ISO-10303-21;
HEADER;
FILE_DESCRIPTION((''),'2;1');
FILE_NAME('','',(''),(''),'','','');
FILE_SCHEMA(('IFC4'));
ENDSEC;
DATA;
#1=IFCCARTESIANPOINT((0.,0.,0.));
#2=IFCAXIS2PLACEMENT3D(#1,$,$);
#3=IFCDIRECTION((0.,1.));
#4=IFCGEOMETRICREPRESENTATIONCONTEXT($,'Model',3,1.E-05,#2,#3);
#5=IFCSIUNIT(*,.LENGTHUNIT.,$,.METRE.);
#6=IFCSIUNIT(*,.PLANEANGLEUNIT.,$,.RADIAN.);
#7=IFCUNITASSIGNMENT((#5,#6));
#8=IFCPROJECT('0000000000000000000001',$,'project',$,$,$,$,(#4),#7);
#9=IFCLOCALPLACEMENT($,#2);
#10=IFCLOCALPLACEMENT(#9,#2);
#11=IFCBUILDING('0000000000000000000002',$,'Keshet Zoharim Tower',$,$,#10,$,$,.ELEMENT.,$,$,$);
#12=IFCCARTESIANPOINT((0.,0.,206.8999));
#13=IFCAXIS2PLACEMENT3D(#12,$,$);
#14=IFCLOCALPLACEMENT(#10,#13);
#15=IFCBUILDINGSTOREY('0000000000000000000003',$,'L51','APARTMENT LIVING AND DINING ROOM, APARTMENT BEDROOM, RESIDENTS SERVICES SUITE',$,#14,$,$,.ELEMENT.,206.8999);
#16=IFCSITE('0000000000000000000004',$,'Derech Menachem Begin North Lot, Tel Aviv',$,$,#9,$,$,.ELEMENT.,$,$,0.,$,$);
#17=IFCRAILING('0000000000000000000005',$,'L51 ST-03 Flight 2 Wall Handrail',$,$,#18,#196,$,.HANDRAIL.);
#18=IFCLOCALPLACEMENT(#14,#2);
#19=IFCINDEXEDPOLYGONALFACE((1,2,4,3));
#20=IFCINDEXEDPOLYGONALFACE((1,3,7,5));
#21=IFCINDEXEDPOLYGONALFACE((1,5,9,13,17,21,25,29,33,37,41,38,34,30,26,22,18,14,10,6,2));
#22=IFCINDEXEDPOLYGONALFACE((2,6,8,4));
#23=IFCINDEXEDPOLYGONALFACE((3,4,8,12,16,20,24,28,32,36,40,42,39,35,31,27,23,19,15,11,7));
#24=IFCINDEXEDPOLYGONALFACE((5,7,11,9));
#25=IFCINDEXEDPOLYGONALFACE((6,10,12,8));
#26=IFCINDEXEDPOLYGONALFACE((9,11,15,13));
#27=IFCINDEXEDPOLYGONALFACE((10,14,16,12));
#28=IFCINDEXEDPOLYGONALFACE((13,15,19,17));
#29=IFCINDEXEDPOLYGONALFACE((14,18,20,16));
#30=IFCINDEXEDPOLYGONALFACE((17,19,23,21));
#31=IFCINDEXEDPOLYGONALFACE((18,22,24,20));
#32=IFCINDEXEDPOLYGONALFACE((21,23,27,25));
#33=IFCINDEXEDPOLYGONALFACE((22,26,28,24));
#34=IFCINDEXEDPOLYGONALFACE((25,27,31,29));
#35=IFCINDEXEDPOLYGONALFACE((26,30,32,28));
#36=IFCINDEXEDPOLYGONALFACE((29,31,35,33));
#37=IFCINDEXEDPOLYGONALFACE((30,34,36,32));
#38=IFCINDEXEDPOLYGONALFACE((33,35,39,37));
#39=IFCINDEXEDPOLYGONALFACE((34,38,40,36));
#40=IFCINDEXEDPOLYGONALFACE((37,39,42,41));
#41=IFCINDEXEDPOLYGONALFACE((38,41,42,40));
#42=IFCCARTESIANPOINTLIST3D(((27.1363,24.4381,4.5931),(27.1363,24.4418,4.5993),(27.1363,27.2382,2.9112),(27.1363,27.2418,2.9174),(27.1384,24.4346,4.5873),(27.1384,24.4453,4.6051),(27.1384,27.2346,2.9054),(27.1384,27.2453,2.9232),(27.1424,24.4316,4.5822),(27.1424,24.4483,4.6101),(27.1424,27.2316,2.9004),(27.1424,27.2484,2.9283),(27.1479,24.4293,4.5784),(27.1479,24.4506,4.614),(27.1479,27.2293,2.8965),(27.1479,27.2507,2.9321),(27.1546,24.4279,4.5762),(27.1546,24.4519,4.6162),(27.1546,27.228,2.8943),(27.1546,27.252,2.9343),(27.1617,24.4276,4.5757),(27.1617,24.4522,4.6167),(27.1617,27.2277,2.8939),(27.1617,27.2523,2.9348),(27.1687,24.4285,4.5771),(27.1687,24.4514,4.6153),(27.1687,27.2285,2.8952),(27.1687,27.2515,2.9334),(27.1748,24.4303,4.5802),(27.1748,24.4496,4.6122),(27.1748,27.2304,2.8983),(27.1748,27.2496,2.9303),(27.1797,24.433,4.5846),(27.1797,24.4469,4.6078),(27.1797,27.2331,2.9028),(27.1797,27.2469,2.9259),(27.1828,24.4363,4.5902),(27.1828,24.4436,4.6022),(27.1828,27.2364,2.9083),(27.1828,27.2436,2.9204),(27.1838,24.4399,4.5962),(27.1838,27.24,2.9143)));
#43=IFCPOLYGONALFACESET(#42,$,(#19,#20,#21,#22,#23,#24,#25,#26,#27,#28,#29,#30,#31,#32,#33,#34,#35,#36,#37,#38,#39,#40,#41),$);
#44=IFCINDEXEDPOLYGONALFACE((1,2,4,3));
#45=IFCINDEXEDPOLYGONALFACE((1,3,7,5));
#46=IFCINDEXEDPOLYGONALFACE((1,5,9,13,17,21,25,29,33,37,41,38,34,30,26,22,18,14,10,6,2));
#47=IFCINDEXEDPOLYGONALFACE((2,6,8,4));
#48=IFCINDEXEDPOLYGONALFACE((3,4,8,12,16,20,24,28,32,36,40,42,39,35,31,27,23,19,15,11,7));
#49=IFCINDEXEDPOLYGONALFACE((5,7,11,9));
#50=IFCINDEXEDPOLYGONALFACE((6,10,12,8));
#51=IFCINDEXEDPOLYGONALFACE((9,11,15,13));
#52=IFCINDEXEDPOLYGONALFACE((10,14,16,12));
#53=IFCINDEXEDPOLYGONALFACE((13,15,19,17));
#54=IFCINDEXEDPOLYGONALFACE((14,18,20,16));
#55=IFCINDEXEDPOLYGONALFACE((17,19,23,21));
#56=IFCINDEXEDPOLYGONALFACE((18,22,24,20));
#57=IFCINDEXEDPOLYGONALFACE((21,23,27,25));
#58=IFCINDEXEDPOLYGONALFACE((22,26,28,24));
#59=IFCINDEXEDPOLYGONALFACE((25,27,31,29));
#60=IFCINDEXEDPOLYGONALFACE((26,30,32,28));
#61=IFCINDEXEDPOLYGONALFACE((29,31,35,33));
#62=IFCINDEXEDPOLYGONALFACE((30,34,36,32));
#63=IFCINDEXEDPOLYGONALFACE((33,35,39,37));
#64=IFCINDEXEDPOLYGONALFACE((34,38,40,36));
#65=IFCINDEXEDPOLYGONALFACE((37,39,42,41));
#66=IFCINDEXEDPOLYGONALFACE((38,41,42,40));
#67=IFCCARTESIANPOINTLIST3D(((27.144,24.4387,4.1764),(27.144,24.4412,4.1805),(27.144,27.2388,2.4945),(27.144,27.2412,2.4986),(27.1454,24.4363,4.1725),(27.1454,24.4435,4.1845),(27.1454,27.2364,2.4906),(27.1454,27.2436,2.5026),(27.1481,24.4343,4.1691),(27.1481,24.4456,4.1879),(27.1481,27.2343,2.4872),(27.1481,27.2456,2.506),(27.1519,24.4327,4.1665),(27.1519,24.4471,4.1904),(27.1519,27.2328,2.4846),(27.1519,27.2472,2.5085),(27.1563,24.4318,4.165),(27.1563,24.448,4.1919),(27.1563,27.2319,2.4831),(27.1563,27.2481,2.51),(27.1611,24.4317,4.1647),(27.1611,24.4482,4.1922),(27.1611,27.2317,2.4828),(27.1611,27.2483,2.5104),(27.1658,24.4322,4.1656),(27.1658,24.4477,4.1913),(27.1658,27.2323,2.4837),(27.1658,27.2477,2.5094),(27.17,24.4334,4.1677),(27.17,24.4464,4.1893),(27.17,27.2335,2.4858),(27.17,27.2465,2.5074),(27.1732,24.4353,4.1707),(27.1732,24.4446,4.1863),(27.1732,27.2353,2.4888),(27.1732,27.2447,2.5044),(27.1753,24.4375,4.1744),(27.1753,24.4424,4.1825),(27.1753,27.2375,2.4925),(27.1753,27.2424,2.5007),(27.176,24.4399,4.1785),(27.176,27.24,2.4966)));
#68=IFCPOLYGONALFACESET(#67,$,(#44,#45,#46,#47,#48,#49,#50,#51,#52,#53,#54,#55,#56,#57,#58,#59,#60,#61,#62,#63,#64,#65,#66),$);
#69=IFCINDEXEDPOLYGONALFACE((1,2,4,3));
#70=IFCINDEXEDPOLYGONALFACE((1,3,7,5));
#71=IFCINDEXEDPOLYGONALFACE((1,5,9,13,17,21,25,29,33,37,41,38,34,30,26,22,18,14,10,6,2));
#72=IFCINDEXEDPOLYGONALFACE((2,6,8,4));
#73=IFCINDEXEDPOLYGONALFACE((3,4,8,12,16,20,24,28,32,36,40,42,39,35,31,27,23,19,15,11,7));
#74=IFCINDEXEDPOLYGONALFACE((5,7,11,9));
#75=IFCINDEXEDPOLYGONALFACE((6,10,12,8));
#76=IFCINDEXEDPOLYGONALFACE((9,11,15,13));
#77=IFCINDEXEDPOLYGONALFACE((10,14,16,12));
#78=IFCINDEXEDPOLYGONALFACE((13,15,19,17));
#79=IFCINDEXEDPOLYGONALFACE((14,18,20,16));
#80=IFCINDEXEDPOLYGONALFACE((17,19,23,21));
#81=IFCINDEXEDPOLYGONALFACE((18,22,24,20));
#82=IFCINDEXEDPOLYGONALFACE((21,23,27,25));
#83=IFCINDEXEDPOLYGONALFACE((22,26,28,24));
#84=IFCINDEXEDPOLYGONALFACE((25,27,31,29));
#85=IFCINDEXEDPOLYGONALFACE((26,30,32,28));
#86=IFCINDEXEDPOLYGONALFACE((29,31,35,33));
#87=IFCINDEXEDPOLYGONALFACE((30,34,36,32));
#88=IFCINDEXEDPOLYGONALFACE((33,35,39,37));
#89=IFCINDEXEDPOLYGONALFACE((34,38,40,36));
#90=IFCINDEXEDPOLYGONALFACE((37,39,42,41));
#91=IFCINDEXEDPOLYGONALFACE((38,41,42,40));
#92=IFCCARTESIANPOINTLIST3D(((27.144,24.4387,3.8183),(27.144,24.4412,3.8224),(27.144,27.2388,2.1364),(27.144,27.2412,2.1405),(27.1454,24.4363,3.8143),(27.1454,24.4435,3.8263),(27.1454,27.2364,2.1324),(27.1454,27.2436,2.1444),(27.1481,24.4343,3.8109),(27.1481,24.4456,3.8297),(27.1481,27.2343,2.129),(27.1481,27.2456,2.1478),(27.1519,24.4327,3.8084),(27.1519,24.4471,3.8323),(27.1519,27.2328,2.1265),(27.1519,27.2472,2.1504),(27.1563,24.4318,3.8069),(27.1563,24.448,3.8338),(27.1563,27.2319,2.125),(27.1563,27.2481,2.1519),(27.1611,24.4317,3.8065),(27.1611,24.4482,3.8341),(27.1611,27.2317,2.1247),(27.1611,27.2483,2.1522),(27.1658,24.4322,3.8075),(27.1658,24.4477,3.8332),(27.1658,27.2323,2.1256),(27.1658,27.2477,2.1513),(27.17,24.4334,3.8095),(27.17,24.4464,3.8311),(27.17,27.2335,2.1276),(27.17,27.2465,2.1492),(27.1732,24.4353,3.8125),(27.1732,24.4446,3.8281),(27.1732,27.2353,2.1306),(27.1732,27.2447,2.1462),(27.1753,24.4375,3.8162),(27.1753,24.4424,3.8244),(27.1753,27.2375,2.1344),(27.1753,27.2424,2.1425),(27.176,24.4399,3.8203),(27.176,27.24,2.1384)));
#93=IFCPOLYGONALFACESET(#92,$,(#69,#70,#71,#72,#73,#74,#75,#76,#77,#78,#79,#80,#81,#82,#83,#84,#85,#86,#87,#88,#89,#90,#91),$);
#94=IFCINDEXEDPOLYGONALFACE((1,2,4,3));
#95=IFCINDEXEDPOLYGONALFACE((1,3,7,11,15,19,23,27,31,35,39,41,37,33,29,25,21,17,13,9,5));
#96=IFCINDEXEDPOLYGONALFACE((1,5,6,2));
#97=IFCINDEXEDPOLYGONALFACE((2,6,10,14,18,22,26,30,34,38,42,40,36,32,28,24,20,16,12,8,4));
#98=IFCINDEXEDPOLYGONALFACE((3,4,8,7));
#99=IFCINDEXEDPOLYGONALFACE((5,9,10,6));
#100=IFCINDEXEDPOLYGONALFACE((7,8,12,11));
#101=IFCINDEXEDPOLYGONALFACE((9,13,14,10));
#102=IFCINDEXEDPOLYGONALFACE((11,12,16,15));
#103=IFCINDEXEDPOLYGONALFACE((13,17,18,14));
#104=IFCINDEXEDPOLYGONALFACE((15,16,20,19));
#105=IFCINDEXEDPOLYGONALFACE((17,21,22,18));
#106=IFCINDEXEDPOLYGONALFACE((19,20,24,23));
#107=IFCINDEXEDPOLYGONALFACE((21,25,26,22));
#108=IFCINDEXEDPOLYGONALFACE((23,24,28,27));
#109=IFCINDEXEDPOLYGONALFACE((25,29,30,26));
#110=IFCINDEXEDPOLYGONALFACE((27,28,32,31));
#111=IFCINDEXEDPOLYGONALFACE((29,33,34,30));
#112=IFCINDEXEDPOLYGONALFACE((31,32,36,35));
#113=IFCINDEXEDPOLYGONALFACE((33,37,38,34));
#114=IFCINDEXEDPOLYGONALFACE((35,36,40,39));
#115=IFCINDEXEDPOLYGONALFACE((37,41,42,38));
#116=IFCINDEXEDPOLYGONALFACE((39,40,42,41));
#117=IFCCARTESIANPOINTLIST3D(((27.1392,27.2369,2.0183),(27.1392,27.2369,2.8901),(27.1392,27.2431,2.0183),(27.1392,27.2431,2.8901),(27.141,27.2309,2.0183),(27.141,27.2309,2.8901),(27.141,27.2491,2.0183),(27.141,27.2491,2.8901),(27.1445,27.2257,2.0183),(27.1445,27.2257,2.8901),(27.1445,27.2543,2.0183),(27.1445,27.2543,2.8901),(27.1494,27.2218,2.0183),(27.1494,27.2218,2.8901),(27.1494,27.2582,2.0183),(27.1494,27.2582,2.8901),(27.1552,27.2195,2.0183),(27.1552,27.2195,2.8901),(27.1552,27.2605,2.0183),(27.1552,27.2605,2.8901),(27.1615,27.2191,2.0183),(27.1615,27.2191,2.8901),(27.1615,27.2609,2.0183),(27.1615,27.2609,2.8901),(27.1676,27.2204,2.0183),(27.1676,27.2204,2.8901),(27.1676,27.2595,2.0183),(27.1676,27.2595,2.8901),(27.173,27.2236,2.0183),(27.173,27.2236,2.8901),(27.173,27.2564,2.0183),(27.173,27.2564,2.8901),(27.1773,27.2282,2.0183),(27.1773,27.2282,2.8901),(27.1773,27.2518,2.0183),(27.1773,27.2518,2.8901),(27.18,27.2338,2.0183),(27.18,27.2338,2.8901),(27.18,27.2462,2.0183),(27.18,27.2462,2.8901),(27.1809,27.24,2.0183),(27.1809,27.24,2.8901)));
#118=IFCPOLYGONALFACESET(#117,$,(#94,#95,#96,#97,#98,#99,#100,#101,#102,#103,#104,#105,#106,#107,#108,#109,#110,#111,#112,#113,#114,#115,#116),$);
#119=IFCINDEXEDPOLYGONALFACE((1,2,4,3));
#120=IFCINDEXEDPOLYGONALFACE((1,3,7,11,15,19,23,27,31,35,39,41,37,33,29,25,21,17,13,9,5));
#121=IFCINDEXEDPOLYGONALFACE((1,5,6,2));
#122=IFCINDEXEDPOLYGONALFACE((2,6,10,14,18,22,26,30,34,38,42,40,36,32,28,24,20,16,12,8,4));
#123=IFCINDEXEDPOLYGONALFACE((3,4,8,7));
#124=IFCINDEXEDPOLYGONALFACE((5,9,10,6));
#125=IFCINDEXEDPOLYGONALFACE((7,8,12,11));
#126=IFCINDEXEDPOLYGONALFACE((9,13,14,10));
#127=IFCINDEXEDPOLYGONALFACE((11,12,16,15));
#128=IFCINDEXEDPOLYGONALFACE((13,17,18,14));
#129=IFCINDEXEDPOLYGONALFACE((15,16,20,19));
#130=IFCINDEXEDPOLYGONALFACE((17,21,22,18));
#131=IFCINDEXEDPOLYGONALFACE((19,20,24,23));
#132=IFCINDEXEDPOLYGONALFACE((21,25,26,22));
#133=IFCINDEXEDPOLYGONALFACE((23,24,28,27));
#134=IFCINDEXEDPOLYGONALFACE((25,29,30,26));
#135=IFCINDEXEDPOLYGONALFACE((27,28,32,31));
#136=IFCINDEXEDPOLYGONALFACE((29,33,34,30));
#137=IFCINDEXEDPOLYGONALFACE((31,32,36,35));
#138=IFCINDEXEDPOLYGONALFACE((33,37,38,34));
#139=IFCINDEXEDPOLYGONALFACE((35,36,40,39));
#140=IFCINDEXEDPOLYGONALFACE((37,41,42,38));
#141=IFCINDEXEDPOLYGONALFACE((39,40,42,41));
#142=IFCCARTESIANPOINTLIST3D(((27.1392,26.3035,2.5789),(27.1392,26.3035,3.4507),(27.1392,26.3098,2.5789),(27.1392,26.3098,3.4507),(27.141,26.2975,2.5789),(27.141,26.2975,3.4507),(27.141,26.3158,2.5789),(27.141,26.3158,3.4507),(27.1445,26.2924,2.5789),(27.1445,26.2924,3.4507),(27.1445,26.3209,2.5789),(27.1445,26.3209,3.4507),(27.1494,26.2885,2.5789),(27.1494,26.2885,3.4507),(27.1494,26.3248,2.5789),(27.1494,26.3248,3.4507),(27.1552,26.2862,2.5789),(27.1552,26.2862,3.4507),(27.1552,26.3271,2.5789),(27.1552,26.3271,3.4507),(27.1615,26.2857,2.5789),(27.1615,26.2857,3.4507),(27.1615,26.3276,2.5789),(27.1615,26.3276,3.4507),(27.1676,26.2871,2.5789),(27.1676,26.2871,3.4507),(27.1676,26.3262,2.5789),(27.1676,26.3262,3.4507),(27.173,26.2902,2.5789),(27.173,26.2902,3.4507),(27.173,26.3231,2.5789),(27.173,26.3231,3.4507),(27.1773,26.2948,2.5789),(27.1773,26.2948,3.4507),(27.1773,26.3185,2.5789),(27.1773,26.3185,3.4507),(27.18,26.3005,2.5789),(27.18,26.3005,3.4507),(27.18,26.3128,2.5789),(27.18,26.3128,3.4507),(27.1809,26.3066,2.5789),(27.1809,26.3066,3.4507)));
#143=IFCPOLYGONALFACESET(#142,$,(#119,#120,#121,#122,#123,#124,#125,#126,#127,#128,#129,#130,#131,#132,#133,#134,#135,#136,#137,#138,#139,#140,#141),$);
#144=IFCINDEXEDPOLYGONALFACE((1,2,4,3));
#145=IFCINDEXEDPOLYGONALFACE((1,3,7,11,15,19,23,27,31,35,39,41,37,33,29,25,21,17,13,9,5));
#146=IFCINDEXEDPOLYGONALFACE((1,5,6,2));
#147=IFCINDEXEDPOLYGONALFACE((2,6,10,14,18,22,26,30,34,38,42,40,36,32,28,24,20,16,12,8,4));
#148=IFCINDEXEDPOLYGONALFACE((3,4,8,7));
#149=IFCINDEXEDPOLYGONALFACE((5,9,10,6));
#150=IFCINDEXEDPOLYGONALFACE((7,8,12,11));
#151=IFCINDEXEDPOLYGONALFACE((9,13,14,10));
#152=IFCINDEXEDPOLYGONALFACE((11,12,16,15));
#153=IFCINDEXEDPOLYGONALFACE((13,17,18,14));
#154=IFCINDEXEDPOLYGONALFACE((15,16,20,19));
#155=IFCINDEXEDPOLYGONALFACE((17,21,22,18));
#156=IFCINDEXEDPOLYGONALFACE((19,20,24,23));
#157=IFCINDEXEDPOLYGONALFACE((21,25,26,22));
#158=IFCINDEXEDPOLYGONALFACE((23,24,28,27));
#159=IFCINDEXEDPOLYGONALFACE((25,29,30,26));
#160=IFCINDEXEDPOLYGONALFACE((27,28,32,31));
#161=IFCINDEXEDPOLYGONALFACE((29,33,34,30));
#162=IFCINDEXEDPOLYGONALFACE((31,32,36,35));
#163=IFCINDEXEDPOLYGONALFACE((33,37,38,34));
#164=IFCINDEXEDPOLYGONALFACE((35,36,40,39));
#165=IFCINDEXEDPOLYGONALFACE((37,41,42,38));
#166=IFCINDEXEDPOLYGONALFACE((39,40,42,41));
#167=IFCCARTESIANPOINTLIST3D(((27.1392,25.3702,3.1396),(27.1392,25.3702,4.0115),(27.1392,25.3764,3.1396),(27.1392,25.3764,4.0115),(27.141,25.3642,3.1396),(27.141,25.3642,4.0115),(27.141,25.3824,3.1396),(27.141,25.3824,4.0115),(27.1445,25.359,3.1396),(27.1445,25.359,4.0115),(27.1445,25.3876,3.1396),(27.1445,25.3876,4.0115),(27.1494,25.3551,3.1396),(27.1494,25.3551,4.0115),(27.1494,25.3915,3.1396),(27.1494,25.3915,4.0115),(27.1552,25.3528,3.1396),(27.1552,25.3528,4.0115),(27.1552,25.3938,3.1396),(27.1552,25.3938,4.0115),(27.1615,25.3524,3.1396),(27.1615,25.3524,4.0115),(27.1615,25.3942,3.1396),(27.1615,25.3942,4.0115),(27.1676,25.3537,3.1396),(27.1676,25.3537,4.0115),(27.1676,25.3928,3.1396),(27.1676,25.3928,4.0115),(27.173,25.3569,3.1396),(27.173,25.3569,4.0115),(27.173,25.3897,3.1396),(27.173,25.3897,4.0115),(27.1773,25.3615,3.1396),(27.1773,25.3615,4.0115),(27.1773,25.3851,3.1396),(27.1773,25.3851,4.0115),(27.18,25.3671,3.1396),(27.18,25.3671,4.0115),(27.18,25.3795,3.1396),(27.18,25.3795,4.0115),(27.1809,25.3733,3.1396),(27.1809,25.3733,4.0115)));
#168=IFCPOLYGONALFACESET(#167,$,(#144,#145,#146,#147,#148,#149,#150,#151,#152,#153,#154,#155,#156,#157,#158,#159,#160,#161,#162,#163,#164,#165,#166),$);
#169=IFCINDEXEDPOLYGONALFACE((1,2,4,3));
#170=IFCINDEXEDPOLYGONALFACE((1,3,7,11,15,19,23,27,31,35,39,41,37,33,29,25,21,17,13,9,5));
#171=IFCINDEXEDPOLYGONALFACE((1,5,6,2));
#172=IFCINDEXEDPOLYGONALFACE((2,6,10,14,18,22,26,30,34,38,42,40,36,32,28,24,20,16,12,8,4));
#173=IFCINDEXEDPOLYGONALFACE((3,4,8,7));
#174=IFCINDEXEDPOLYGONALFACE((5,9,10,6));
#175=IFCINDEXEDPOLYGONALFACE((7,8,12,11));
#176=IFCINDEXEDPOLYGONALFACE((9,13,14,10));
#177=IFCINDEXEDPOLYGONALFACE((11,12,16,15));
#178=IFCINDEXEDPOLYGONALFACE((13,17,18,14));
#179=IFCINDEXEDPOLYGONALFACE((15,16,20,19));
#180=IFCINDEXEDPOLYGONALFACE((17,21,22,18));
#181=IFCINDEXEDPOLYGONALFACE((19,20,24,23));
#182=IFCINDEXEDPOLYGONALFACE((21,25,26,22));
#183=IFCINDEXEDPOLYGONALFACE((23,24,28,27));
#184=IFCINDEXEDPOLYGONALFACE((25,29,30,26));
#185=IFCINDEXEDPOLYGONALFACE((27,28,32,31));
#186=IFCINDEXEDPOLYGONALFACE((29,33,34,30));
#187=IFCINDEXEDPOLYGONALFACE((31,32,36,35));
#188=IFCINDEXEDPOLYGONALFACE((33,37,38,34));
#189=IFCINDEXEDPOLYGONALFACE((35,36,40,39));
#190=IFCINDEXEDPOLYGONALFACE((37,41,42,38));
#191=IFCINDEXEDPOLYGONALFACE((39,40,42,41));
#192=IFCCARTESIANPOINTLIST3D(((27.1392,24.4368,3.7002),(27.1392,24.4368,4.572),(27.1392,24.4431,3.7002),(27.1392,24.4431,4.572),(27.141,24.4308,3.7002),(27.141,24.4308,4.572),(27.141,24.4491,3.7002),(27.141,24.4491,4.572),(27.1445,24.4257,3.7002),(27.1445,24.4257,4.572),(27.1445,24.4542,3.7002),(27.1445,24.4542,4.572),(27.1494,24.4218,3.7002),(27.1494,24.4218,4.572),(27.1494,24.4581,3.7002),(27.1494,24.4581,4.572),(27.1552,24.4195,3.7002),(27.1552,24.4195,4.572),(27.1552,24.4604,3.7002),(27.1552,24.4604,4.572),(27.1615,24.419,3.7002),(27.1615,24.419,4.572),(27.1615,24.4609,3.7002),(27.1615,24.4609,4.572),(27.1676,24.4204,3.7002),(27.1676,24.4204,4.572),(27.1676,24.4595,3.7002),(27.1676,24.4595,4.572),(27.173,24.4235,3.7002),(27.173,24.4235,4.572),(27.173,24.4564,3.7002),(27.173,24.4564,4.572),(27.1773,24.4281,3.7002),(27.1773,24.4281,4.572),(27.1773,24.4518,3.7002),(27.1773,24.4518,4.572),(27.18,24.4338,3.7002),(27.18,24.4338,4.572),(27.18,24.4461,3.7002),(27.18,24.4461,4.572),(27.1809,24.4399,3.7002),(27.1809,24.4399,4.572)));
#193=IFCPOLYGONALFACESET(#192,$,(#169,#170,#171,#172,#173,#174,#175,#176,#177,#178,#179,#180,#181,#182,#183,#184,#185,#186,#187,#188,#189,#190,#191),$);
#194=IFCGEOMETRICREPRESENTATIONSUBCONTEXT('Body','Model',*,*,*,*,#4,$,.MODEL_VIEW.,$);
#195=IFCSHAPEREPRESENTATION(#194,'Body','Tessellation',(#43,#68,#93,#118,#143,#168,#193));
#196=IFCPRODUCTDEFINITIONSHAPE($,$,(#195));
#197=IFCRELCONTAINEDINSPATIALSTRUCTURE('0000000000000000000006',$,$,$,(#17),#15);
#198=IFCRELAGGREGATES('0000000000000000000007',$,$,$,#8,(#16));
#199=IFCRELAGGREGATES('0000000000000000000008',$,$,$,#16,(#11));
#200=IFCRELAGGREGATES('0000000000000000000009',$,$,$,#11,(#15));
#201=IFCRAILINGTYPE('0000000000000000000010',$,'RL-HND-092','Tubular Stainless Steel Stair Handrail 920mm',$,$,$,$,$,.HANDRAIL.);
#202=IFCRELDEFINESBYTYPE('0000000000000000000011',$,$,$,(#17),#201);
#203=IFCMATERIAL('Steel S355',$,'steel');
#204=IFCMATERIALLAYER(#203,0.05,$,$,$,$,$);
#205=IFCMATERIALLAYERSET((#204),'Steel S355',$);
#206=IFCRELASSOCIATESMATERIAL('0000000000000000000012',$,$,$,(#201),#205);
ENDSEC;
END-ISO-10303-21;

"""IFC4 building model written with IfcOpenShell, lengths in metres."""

from ifc_helpers import new_model, si_unit, direction, frame, origin, origin_2d, place, context, subcontext, project, spatial, circle, extrude, material, layer, layer_set, type_object, element, save


model = new_model("IFC4")

# Units and contexts
model_context = context("Model", 3, precision=1e-05, world=origin(), true_north=direction((0.0, 1.0)))
body_context = subcontext(model_context, "Body", "Model", "MODEL_VIEW")
ifc_project = project(units=[si_unit("LENGTHUNIT", "METRE"), si_unit("PLANEANGLEUNIT", "RADIAN")], contexts=[model_context])

# Site, building, storey
site_placement = place(None, origin())
site = spatial("IfcSite", under=ifc_project, at=site_placement, Name="Derech Menachem Begin North Lot, Tel Aviv", CompositionType="ELEMENT", RefElevation=0.0)
building_placement = place(site_placement, origin())
building = spatial("IfcBuilding", under=site, at=building_placement, Name="Keshet Zoharim Tower", CompositionType="ELEMENT")
storey_placement = place(building_placement, frame((0.0, 0.0, 206.8999)))
storey = spatial("IfcBuildingStorey", under=building, at=storey_placement, Name="L51", Description="APARTMENT LIVING AND DINING ROOM, APARTMENT BEDROOM, RESIDENTS SERVICES SUITE", CompositionType="ELEMENT", Elevation=206.8999)

# Shared definitions
ifc_material_1 = material(Name="Steel S355", Category="steel")

# Railing
ifc_layer_1 = layer(ifc_material_1, 0.05)
ifc_layer_set_1 = layer_set([ifc_layer_1], Name="Steel S355")
railing_type = type_object("IfcRailingType", Name="RL-HND-092", Description="Tubular Stainless Steel Stair Handrail 920mm", PredefinedType="HANDRAIL", material=ifc_layer_set_1)
railing_placement = place(storey_placement, frame((27.1599, 27.24, 2.0183)))
element("IfcRailing", 1, at=railing_placement, inside=storey, type_object=railing_type, Name="L51 ST-03 Flight 2 Wall Handrail", PredefinedType="HANDRAIL", context=body_context, shape_type="SweptSolid", body=[
    extrude(circle(Radius=0.0239, at=origin_2d()), frame((0.0, 0.0, 0.896), z_axis=(0.0, -0.857242, 0.514913), x_axis=(1.0, 0.0, 0.0)), (0.0, 0.0, 1.0), 3.2664),
    extrude(circle(Radius=0.0161, at=origin_2d()), frame((0.0, 0.0, 0.4783), z_axis=(0.0, -0.857242, 0.514913), x_axis=(1.0, 0.0, 0.0)), (0.0, 0.0, 1.0), 3.2664),
    extrude(circle(Radius=0.0161, at=origin_2d()), frame((0.0, 0.0, 0.1201), z_axis=(0.0, -0.857242, 0.514913), x_axis=(1.0, 0.0, 0.0)), (0.0, 0.0, 1.0), 3.2664),
    extrude(circle(Radius=0.021, at=origin_2d()), origin(), (0.0, 0.0, 1.0), 0.8718),
    extrude(circle(Radius=0.021, at=origin_2d()), frame((0.0, -0.9333, 0.5605)), (0.0, 0.0, 1.0), 0.8718),
    extrude(circle(Radius=0.021, at=origin_2d()), frame((0.0, -1.8667, 1.1213)), (0.0, 0.0, 1.0), 0.8718),
    extrude(circle(Radius=0.021, at=origin_2d()), frame((0.0, -2.8, 1.6819)), (0.0, 0.0, 1.0), 0.8718),
])

save(model, "model.ifc")
